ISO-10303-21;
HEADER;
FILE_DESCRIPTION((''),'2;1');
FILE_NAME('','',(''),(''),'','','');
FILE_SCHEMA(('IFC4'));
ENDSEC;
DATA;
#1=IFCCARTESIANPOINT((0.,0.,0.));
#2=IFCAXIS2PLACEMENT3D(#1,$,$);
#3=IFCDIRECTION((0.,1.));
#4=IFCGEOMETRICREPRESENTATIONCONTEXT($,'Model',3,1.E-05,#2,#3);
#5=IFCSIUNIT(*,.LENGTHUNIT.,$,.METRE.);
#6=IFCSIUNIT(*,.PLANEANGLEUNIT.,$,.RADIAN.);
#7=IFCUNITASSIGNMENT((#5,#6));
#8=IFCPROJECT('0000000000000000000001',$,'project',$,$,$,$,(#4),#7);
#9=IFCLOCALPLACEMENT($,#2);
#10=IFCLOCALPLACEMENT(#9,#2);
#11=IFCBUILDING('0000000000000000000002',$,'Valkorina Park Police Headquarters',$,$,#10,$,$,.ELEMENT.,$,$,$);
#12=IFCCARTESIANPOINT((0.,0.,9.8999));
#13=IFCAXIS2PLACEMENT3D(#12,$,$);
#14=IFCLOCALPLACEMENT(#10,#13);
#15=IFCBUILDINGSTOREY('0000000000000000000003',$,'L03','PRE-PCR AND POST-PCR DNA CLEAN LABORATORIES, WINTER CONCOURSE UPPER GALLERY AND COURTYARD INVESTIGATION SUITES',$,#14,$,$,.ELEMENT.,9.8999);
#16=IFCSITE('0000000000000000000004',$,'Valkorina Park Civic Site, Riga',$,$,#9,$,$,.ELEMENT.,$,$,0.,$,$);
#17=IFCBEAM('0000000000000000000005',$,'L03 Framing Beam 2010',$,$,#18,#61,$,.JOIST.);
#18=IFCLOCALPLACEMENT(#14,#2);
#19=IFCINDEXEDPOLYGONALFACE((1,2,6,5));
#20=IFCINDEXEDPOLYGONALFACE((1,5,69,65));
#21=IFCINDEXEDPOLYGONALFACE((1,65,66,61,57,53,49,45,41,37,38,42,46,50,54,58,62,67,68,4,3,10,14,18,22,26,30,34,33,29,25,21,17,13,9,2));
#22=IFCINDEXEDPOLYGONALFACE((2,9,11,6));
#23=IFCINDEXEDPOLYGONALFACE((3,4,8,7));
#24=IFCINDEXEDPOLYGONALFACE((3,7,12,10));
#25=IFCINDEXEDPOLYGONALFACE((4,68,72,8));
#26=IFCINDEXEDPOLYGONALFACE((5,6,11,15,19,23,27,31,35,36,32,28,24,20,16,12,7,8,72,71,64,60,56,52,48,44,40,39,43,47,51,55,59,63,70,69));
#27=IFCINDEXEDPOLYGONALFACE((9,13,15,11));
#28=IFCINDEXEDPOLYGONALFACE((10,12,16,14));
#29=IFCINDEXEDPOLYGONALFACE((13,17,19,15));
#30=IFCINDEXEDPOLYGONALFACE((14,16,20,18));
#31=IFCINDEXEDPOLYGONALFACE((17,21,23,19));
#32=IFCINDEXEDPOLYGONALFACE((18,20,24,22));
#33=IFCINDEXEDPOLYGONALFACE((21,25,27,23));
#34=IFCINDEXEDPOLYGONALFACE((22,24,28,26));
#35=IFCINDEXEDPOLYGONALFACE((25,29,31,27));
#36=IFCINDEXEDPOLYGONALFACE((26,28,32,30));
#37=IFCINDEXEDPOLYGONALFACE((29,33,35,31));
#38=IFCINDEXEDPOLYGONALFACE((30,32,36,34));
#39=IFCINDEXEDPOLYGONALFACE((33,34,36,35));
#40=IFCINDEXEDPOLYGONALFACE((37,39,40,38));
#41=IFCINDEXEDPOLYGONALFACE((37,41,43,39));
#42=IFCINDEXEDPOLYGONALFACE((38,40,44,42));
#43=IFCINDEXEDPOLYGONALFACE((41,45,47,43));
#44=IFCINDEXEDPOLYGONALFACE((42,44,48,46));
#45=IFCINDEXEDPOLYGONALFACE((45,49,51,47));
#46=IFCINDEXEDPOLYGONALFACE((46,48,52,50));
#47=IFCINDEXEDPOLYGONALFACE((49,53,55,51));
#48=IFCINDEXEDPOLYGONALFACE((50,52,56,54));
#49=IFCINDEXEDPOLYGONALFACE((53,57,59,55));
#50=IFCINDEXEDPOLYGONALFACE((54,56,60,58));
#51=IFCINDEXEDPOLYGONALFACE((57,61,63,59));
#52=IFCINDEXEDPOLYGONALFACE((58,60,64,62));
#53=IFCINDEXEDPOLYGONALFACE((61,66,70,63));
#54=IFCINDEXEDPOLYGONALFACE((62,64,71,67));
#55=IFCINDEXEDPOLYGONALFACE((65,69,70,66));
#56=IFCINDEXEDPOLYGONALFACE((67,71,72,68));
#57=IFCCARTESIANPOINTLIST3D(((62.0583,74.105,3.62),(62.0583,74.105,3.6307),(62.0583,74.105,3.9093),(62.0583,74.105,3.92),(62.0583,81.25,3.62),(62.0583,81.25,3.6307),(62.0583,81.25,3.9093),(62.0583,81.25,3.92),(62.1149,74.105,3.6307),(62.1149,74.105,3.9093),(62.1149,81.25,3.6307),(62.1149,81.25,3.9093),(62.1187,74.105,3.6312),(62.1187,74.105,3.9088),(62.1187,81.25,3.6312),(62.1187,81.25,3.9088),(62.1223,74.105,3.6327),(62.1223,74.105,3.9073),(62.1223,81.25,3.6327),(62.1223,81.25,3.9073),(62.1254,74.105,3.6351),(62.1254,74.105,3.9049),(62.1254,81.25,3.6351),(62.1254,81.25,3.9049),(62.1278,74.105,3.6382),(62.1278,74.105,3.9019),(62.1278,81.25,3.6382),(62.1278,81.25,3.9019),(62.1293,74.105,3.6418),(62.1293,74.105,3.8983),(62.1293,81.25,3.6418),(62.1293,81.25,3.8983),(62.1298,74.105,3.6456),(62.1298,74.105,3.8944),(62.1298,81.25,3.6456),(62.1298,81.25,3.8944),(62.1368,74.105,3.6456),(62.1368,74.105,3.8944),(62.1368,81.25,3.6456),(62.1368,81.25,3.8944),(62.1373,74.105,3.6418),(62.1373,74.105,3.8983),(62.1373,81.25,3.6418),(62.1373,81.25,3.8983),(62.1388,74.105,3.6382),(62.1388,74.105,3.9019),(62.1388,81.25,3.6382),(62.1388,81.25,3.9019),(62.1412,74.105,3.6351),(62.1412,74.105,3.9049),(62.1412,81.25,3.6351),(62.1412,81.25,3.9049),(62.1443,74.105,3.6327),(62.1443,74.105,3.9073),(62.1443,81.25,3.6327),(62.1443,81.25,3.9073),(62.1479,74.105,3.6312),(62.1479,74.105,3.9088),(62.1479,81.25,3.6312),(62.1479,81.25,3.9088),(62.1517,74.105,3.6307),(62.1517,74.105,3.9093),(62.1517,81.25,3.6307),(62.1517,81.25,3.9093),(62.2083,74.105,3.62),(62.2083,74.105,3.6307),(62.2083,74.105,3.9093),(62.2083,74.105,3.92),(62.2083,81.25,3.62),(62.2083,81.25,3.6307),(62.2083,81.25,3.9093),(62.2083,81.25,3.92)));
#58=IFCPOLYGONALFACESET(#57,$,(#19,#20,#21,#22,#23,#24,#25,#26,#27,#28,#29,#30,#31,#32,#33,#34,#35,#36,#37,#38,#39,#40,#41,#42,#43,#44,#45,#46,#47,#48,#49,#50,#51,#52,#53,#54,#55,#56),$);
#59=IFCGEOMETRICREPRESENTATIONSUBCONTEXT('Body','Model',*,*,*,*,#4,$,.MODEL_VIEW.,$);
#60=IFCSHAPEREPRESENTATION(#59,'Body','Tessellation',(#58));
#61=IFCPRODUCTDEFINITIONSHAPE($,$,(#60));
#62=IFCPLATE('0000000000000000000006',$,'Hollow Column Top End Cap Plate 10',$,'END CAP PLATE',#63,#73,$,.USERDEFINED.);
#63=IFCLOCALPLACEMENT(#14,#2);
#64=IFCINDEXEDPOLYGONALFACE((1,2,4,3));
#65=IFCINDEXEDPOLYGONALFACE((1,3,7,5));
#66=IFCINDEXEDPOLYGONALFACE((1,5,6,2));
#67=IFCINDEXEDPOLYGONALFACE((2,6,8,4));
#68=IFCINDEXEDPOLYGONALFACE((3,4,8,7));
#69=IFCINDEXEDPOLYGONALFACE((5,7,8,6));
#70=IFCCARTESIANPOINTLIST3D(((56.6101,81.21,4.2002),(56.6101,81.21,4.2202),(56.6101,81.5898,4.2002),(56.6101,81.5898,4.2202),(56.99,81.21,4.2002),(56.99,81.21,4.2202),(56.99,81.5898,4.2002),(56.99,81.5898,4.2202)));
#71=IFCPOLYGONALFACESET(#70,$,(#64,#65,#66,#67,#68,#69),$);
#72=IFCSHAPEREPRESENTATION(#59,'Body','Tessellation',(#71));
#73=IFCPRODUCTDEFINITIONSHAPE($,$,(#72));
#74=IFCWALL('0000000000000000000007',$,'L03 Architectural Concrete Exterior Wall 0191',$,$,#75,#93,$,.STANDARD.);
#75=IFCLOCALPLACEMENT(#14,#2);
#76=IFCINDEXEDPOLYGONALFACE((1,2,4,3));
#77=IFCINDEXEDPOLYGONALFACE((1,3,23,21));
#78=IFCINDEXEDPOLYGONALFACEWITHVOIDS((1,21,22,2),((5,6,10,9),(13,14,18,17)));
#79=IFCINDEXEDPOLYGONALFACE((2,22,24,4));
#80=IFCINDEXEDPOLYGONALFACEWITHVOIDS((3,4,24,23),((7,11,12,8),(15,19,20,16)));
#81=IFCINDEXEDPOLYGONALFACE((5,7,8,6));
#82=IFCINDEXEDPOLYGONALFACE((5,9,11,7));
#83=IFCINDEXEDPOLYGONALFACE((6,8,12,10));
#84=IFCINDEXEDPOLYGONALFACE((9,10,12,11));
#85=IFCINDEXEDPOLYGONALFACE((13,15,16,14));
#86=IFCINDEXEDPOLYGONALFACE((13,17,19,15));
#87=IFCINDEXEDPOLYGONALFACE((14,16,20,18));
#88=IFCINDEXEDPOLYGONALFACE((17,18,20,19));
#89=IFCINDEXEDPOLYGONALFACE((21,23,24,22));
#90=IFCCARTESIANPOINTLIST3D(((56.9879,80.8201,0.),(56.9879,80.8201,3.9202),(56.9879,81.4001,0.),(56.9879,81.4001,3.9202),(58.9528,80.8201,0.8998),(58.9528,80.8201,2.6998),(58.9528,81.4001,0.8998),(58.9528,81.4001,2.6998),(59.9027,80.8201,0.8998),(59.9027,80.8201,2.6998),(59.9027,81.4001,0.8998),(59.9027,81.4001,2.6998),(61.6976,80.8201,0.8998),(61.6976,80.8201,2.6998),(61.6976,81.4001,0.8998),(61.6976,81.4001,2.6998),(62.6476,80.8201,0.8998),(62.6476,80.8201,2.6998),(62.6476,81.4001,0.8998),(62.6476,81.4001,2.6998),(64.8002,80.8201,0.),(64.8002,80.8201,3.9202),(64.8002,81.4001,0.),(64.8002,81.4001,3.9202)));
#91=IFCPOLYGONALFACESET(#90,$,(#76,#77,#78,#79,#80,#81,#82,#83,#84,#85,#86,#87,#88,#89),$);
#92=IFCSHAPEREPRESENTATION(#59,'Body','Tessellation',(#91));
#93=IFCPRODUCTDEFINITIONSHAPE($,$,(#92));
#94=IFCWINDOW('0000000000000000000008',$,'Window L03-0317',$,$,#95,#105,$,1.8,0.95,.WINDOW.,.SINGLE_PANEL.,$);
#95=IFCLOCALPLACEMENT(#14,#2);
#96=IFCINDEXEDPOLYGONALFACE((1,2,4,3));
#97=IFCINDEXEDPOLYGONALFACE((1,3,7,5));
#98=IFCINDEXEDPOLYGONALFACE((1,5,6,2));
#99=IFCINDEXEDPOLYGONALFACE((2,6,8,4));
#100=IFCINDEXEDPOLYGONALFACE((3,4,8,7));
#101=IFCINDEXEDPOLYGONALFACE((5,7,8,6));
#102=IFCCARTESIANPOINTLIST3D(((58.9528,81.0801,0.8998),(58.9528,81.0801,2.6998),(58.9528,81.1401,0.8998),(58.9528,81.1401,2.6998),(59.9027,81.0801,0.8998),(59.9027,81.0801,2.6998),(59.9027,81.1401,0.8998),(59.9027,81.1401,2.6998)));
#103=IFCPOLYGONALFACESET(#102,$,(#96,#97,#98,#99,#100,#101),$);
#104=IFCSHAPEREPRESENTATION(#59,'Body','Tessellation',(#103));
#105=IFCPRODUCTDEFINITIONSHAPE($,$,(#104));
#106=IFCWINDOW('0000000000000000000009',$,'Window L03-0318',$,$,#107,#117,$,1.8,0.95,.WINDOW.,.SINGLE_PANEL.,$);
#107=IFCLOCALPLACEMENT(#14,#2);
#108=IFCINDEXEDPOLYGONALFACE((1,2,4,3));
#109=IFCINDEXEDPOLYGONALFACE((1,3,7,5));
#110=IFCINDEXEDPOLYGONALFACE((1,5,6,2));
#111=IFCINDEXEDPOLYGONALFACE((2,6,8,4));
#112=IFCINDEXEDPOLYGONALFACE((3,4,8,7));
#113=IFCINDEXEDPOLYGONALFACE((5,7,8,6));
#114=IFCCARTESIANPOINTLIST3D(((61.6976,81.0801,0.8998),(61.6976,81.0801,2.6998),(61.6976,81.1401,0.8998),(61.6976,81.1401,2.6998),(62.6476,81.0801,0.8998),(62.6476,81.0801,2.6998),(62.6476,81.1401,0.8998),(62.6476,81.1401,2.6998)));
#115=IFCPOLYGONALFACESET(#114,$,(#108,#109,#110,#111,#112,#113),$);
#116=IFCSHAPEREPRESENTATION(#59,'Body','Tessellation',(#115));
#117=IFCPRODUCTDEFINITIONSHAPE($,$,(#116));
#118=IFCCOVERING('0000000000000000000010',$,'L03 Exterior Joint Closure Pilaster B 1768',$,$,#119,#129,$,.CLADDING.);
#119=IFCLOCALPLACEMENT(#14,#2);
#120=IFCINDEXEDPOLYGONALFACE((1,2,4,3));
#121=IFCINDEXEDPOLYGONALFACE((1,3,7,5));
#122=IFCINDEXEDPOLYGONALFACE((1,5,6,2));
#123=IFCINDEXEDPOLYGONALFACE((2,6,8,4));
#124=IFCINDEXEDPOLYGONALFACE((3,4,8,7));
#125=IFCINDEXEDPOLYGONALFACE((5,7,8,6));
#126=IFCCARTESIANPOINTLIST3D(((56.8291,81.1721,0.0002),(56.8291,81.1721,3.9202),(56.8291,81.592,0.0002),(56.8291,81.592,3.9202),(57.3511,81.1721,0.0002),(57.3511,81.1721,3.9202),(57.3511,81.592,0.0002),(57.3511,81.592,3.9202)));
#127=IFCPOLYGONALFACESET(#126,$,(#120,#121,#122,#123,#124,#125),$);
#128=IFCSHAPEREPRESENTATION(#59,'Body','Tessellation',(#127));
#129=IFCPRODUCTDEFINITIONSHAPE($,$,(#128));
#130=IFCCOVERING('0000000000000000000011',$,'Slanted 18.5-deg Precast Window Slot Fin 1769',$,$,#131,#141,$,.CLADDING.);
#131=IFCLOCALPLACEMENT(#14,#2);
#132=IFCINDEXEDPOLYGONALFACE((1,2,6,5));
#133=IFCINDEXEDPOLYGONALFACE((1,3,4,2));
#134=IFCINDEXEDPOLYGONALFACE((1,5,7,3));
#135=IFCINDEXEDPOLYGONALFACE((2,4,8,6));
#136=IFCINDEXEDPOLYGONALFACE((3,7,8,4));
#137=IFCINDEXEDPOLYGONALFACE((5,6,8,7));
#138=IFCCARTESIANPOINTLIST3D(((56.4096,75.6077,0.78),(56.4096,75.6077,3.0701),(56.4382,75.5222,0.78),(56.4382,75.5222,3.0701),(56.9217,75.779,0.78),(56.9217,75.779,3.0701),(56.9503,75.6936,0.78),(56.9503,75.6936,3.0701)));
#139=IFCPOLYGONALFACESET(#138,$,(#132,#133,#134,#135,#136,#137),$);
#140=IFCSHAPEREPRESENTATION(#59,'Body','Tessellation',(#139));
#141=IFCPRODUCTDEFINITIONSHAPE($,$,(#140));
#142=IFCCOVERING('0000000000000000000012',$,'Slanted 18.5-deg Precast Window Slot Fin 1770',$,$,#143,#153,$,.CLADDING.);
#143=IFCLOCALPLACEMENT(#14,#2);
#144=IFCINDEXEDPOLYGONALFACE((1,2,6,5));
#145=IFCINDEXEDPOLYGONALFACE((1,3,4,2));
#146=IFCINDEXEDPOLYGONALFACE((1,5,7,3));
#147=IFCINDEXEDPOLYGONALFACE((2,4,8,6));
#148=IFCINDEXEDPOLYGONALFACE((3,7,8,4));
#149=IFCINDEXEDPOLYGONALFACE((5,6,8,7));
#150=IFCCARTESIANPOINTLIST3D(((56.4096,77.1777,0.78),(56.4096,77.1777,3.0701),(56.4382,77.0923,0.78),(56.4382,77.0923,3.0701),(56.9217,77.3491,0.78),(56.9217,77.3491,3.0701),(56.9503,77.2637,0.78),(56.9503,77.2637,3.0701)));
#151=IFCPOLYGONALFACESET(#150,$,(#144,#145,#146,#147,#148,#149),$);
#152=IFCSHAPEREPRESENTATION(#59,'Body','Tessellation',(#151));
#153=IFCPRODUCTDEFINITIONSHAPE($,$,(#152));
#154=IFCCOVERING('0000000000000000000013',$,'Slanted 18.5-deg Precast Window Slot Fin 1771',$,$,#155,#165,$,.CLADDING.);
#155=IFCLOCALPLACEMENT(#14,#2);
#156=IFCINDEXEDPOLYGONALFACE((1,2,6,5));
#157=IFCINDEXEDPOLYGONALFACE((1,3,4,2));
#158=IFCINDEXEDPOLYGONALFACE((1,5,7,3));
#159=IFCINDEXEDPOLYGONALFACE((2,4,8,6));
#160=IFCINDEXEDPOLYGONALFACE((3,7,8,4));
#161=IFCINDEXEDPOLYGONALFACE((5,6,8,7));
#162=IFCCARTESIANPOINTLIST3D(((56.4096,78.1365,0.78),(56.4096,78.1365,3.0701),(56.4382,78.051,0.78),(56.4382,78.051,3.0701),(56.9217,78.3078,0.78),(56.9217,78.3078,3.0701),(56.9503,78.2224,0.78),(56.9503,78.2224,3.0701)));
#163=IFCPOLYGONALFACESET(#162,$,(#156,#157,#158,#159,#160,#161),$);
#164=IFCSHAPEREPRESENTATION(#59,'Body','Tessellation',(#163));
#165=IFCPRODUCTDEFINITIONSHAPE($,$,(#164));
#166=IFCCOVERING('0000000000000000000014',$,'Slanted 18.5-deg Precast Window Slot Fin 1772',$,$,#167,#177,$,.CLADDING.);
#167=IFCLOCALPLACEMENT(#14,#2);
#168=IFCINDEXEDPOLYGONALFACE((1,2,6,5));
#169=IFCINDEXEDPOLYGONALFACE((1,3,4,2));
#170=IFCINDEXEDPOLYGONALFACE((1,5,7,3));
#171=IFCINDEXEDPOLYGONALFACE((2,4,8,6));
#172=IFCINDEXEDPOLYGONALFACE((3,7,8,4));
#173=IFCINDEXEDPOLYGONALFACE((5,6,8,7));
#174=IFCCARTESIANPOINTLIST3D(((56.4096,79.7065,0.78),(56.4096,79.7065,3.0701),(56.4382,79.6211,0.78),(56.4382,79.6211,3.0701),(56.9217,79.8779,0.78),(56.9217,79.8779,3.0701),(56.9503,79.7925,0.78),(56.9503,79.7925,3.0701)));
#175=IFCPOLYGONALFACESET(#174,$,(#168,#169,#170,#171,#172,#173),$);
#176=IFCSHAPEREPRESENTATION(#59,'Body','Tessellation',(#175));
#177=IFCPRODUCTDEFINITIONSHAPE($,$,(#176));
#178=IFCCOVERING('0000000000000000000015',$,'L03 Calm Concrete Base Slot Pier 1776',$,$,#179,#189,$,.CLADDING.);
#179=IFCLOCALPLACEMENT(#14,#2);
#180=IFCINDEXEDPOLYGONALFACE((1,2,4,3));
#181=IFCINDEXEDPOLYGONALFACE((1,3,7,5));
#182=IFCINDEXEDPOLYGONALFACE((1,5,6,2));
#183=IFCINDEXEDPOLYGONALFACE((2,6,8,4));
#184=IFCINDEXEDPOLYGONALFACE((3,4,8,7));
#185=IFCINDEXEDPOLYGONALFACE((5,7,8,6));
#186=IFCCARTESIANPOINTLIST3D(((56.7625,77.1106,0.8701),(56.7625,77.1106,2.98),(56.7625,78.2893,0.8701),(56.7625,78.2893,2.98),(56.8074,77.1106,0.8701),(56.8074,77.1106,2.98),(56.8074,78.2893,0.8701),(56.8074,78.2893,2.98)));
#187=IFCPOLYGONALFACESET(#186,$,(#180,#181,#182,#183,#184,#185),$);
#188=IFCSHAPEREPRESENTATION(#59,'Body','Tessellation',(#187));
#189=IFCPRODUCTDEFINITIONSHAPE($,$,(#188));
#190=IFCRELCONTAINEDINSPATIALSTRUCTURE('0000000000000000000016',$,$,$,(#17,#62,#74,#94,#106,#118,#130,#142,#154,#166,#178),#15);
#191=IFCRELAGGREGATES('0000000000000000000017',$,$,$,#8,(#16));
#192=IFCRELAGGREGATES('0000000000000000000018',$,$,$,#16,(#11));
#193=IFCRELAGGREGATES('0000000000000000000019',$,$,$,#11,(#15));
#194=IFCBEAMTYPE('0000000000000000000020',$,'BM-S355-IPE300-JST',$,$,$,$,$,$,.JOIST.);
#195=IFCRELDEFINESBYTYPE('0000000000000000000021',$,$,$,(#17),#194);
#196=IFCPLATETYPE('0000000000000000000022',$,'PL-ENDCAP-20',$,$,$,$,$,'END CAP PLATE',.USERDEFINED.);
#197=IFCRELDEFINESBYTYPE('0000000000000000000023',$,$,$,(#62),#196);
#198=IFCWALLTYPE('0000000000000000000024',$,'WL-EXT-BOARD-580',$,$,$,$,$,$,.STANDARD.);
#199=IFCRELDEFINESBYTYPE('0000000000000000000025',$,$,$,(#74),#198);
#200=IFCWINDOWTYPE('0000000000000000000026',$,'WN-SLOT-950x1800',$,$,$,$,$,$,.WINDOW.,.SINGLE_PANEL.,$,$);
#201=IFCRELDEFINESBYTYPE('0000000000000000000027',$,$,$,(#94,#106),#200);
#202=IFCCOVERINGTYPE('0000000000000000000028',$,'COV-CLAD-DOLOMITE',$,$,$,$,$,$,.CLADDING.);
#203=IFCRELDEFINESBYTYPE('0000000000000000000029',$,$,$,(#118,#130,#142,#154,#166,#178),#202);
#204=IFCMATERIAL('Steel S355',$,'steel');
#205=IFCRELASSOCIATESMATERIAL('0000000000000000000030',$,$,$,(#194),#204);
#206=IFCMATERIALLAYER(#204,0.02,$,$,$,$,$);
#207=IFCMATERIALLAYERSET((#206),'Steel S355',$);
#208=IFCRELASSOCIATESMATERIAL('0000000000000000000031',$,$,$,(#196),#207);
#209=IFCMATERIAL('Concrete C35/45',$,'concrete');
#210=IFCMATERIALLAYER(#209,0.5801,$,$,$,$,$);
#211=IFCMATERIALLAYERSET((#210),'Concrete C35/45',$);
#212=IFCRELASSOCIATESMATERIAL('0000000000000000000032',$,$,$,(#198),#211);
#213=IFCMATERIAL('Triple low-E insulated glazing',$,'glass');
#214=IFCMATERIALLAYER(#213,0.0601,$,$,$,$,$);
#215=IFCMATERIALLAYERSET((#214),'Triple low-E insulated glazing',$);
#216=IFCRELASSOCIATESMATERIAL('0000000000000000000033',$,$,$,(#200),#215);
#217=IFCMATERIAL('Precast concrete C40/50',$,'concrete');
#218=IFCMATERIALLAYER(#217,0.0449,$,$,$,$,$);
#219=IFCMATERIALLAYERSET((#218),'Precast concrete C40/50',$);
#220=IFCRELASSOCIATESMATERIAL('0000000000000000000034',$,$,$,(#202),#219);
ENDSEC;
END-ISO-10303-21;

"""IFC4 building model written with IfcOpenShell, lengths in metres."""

from ifc_helpers import new_model, si_unit, direction, frame, frame_2d, origin, origin_2d, place, context, subcontext, project, spatial, rectangle, i_section, extrude, material, layer, layer_set, material_profile, profile_set, type_object, element, fill, save


model = new_model("IFC4")

# Units and contexts
model_context = context("Model", 3, precision=1e-05, world=origin(), true_north=direction((0.0, 1.0)))
body_context = subcontext(model_context, "Body", "Model", "MODEL_VIEW")
ifc_project = project(units=[si_unit("LENGTHUNIT", "METRE"), si_unit("PLANEANGLEUNIT", "RADIAN")], contexts=[model_context])

# Site, building, storey
site_placement = place(None, origin())
site = spatial("IfcSite", under=ifc_project, at=site_placement, Name="Valkorina Park Civic Site, Riga", CompositionType="ELEMENT", RefElevation=0.0)
building_placement = place(site_placement, origin())
building = spatial("IfcBuilding", under=site, at=building_placement, Name="Valkorina Park Police Headquarters", CompositionType="ELEMENT")
storey_placement = place(building_placement, frame((0.0, 0.0, 9.8999)))
storey = spatial("IfcBuildingStorey", under=building, at=storey_placement, Name="L03", Description="PRE-PCR AND POST-PCR DNA CLEAN LABORATORIES, WINTER CONCOURSE UPPER GALLERY AND COURTYARD INVESTIGATION SUITES", CompositionType="ELEMENT", Elevation=9.8999)

# Shared definitions
ifc_material_1 = material(Name="Steel S355", Category="steel")

# Beam
ifc_material_profile_1 = material_profile(ifc_material_1, i_section(OverallWidth=0.1499, OverallDepth=0.3, WebThickness=0.0071, FlangeThickness=0.0107, FilletRadius=0.0149, at=origin_2d()), Name="IPE 300")
ifc_profile_set_1 = profile_set([ifc_material_profile_1], Name="Steel S355")
beam_type_1 = type_object("IfcBeamType", Name="BM-S355-IPE300-JST", PredefinedType="JOIST", material=ifc_profile_set_1)
beam_1_placement = place(storey_placement, frame((62.1333, 74.105, 3.77), z_axis=(0.0, 1.0, 0.0), x_axis=(-1.0, 0.0, 0.0)))
element("IfcBeam", 1, at=beam_1_placement, inside=storey, type_object=beam_type_1, Name="L03 Framing Beam 2010", PredefinedType="JOIST", context=body_context, shape_type="SweptSolid", body=[
    extrude(i_section(OverallWidth=0.1499, OverallDepth=0.3, WebThickness=0.0071, FlangeThickness=0.0107, FilletRadius=0.0149, at=origin_2d()), origin(), (0.0, 0.0, 1.0), 7.145),
])

# Plate
ifc_layer_1 = layer(ifc_material_1, 0.02)
ifc_layer_set_1 = layer_set([ifc_layer_1], Name="Steel S355")
plate_type = type_object("IfcPlateType", Name="PL-ENDCAP-20", ElementType="END CAP PLATE", PredefinedType="USERDEFINED", material=ifc_layer_set_1)
plate_placement = place(storey_placement, frame((56.8, 81.3999, 4.2002), z_axis=(0.0, 0.0, 1.0), x_axis=(1.0, 0.0, 0.0)))
element("IfcPlate", 2, at=plate_placement, inside=storey, type_object=plate_type, Name="Hollow Column Top End Cap Plate 10", ObjectType="END CAP PLATE", PredefinedType="USERDEFINED", context=body_context, shape_type="SweptSolid", body=[
    extrude(rectangle(XDim=0.3799, YDim=0.3799, at=origin_2d()), origin(), (0.0, 0.0, 1.0), 0.02),
])

# Wall, openings, windows
ifc_material_2 = material(Name="Concrete C35/45", Category="concrete")
ifc_layer_2 = layer(ifc_material_2, 0.5801)
ifc_layer_set_2 = layer_set([ifc_layer_2], Name="Concrete C35/45")
wall_type = type_object("IfcWallType", Name="WL-EXT-BOARD-580", PredefinedType="STANDARD", material=ifc_layer_set_2)
wall_placement = place(storey_placement, frame((56.9878, 81.1101, 0.0), z_axis=(0.0, 0.0, 1.0), x_axis=(1.0, 0.0, 0.0)))
wall = element("IfcWall", 3, at=wall_placement, inside=storey, type_object=wall_type, Name="L03 Architectural Concrete Exterior Wall 0191", PredefinedType="STANDARD", context=body_context, shape_type="SweptSolid", body=[
    extrude(rectangle(XDim=7.8123, YDim=0.5801, at=frame_2d((3.9062, 0.0))), origin(), (0.0, 0.0, 1.0), 3.9202),
])
opening_1_placement = place(wall_placement, frame((1.9648, 0.0, 0.8999)))
opening_1 = element("IfcOpeningElement", 4, at=opening_1_placement, cuts=wall, PredefinedType="OPENING", context=body_context, shape_type="SweptSolid", body=[
    extrude(rectangle(XDim=0.95, YDim=1.8, at=frame_2d((0.4751, 0.8999))), frame((0.0, 0.3, 0.0), z_axis=(0.0, -1.0, 0.0), x_axis=(1.0, 0.0, 0.0)), (0.0, 0.0, 1.0), 0.6001),
])
opening_2_placement = place(wall_placement, frame((4.7097, 0.0, 0.8999)))
opening_2 = element("IfcOpeningElement", 5, at=opening_2_placement, cuts=wall, PredefinedType="OPENING", context=body_context, shape_type="SweptSolid", body=[
    extrude(rectangle(XDim=0.95, YDim=1.8, at=frame_2d((0.4751, 0.8999))), frame((0.0, 0.3, 0.0), z_axis=(0.0, -1.0, 0.0), x_axis=(1.0, 0.0, 0.0)), (0.0, 0.0, 1.0), 0.6001),
])
ifc_material_3 = material(Name="Triple low-E insulated glazing", Category="glass")
ifc_layer_3 = layer(ifc_material_3, 0.0601)
ifc_layer_set_3 = layer_set([ifc_layer_3], Name="Triple low-E insulated glazing")
window_type = type_object("IfcWindowType", Name="WN-SLOT-950x1800", PartitioningType="SINGLE_PANEL", PredefinedType="WINDOW", material=ifc_layer_set_3)
window_1_placement = place(opening_1_placement, origin())
window_1 = element("IfcWindow", 6, at=window_1_placement, inside=storey, type_object=window_type, Name="Window L03-0317", OverallHeight=1.8, OverallWidth=0.95, PartitioningType="SINGLE_PANEL", PredefinedType="WINDOW", context=body_context, shape_type="SweptSolid", body=[
    extrude(rectangle(XDim=0.95, YDim=1.8, at=frame_2d((0.4751, 0.8999))), frame((0.0, 0.03, 0.0), z_axis=(0.0, -1.0, 0.0), x_axis=(1.0, 0.0, 0.0)), (0.0, 0.0, 1.0), 0.0601),
])
fill(opening_1, window_1)
window_2_placement = place(opening_2_placement, origin())
window_2 = element("IfcWindow", 7, at=window_2_placement, inside=storey, type_object=window_type, Name="Window L03-0318", OverallHeight=1.8, OverallWidth=0.95, PartitioningType="SINGLE_PANEL", PredefinedType="WINDOW", context=body_context, shape_type="SweptSolid", body=[
    extrude(rectangle(XDim=0.95, YDim=1.8, at=frame_2d((0.4751, 0.8999))), frame((0.0, 0.03, 0.0), z_axis=(0.0, -1.0, 0.0), x_axis=(1.0, 0.0, 0.0)), (0.0, 0.0, 1.0), 0.0601),
])
fill(opening_2, window_2)

# Coverings
ifc_material_4 = material(Name="Precast concrete C40/50", Category="concrete")
ifc_layer_4 = layer(ifc_material_4, 0.0449)
ifc_layer_set_4 = layer_set([ifc_layer_4], Name="Precast concrete C40/50")
covering_type = type_object("IfcCoveringType", Name="COV-CLAD-DOLOMITE", PredefinedType="CLADDING", material=ifc_layer_set_4)
covering_1_placement = place(storey_placement, frame((57.0901, 81.3821, 0.0002), z_axis=(0.0, 0.0, 1.0), x_axis=(0.0, 1.0, 0.0)))
element("IfcCovering", 8, at=covering_1_placement, inside=storey, type_object=covering_type, Name="L03 Exterior Joint Closure Pilaster B 1768", PredefinedType="CLADDING", context=body_context, shape_type="SweptSolid", body=[
    extrude(rectangle(XDim=0.4199, YDim=0.522, at=origin_2d()), origin(), (0.0, 0.0, 1.0), 3.9199),
])
for number, where, z_axis, x_axis, name in (
    (9, (56.6799, 75.6506, 0.78), (0.0, 0.0, 1.0), (-0.948324, -0.317305, 0.0), "Slanted 18.5-deg Precast Window Slot Fin 1769"),
    (10, (56.6799, 77.2207, 0.78), (0.0, 0.0, 1.0), (-0.948324, -0.317305, 0.0), "Slanted 18.5-deg Precast Window Slot Fin 1770"),
    (11, (56.6799, 78.1794, 0.78), (0.0, 0.0, 1.0), (-0.948324, -0.317305, 0.0), "Slanted 18.5-deg Precast Window Slot Fin 1771"),
    (12, (56.6799, 79.7495, 0.78), (0.0, 0.0, 1.0), (-0.948324, -0.317305, 0.0), "Slanted 18.5-deg Precast Window Slot Fin 1772"),
):
    element("IfcCovering", number, at=place(storey_placement, frame(where, z_axis=z_axis, x_axis=x_axis)), inside=storey, type_object=covering_type, Name=name, PredefinedType="CLADDING", context=body_context, shape_type="SweptSolid", body=[
        extrude(rectangle(XDim=0.54, YDim=0.0901, at=origin_2d()), origin(), (0.0, 0.0, 1.0), 2.29),
    ])
covering_2_placement = place(storey_placement, frame((56.7849, 77.1106, 0.8701), z_axis=(0.0, 0.0, 1.0), x_axis=(0.0, 1.0, 0.0)))
element("IfcCovering", 13, at=covering_2_placement, inside=storey, type_object=covering_type, Name="L03 Calm Concrete Base Slot Pier 1776", PredefinedType="CLADDING", context=body_context, shape_type="SweptSolid", body=[
    extrude(rectangle(XDim=1.1787, YDim=0.0449, at=frame_2d((0.5894, 0.0))), origin(), (0.0, 0.0, 1.0), 2.1099),
])

save(model, "model.ifc")
